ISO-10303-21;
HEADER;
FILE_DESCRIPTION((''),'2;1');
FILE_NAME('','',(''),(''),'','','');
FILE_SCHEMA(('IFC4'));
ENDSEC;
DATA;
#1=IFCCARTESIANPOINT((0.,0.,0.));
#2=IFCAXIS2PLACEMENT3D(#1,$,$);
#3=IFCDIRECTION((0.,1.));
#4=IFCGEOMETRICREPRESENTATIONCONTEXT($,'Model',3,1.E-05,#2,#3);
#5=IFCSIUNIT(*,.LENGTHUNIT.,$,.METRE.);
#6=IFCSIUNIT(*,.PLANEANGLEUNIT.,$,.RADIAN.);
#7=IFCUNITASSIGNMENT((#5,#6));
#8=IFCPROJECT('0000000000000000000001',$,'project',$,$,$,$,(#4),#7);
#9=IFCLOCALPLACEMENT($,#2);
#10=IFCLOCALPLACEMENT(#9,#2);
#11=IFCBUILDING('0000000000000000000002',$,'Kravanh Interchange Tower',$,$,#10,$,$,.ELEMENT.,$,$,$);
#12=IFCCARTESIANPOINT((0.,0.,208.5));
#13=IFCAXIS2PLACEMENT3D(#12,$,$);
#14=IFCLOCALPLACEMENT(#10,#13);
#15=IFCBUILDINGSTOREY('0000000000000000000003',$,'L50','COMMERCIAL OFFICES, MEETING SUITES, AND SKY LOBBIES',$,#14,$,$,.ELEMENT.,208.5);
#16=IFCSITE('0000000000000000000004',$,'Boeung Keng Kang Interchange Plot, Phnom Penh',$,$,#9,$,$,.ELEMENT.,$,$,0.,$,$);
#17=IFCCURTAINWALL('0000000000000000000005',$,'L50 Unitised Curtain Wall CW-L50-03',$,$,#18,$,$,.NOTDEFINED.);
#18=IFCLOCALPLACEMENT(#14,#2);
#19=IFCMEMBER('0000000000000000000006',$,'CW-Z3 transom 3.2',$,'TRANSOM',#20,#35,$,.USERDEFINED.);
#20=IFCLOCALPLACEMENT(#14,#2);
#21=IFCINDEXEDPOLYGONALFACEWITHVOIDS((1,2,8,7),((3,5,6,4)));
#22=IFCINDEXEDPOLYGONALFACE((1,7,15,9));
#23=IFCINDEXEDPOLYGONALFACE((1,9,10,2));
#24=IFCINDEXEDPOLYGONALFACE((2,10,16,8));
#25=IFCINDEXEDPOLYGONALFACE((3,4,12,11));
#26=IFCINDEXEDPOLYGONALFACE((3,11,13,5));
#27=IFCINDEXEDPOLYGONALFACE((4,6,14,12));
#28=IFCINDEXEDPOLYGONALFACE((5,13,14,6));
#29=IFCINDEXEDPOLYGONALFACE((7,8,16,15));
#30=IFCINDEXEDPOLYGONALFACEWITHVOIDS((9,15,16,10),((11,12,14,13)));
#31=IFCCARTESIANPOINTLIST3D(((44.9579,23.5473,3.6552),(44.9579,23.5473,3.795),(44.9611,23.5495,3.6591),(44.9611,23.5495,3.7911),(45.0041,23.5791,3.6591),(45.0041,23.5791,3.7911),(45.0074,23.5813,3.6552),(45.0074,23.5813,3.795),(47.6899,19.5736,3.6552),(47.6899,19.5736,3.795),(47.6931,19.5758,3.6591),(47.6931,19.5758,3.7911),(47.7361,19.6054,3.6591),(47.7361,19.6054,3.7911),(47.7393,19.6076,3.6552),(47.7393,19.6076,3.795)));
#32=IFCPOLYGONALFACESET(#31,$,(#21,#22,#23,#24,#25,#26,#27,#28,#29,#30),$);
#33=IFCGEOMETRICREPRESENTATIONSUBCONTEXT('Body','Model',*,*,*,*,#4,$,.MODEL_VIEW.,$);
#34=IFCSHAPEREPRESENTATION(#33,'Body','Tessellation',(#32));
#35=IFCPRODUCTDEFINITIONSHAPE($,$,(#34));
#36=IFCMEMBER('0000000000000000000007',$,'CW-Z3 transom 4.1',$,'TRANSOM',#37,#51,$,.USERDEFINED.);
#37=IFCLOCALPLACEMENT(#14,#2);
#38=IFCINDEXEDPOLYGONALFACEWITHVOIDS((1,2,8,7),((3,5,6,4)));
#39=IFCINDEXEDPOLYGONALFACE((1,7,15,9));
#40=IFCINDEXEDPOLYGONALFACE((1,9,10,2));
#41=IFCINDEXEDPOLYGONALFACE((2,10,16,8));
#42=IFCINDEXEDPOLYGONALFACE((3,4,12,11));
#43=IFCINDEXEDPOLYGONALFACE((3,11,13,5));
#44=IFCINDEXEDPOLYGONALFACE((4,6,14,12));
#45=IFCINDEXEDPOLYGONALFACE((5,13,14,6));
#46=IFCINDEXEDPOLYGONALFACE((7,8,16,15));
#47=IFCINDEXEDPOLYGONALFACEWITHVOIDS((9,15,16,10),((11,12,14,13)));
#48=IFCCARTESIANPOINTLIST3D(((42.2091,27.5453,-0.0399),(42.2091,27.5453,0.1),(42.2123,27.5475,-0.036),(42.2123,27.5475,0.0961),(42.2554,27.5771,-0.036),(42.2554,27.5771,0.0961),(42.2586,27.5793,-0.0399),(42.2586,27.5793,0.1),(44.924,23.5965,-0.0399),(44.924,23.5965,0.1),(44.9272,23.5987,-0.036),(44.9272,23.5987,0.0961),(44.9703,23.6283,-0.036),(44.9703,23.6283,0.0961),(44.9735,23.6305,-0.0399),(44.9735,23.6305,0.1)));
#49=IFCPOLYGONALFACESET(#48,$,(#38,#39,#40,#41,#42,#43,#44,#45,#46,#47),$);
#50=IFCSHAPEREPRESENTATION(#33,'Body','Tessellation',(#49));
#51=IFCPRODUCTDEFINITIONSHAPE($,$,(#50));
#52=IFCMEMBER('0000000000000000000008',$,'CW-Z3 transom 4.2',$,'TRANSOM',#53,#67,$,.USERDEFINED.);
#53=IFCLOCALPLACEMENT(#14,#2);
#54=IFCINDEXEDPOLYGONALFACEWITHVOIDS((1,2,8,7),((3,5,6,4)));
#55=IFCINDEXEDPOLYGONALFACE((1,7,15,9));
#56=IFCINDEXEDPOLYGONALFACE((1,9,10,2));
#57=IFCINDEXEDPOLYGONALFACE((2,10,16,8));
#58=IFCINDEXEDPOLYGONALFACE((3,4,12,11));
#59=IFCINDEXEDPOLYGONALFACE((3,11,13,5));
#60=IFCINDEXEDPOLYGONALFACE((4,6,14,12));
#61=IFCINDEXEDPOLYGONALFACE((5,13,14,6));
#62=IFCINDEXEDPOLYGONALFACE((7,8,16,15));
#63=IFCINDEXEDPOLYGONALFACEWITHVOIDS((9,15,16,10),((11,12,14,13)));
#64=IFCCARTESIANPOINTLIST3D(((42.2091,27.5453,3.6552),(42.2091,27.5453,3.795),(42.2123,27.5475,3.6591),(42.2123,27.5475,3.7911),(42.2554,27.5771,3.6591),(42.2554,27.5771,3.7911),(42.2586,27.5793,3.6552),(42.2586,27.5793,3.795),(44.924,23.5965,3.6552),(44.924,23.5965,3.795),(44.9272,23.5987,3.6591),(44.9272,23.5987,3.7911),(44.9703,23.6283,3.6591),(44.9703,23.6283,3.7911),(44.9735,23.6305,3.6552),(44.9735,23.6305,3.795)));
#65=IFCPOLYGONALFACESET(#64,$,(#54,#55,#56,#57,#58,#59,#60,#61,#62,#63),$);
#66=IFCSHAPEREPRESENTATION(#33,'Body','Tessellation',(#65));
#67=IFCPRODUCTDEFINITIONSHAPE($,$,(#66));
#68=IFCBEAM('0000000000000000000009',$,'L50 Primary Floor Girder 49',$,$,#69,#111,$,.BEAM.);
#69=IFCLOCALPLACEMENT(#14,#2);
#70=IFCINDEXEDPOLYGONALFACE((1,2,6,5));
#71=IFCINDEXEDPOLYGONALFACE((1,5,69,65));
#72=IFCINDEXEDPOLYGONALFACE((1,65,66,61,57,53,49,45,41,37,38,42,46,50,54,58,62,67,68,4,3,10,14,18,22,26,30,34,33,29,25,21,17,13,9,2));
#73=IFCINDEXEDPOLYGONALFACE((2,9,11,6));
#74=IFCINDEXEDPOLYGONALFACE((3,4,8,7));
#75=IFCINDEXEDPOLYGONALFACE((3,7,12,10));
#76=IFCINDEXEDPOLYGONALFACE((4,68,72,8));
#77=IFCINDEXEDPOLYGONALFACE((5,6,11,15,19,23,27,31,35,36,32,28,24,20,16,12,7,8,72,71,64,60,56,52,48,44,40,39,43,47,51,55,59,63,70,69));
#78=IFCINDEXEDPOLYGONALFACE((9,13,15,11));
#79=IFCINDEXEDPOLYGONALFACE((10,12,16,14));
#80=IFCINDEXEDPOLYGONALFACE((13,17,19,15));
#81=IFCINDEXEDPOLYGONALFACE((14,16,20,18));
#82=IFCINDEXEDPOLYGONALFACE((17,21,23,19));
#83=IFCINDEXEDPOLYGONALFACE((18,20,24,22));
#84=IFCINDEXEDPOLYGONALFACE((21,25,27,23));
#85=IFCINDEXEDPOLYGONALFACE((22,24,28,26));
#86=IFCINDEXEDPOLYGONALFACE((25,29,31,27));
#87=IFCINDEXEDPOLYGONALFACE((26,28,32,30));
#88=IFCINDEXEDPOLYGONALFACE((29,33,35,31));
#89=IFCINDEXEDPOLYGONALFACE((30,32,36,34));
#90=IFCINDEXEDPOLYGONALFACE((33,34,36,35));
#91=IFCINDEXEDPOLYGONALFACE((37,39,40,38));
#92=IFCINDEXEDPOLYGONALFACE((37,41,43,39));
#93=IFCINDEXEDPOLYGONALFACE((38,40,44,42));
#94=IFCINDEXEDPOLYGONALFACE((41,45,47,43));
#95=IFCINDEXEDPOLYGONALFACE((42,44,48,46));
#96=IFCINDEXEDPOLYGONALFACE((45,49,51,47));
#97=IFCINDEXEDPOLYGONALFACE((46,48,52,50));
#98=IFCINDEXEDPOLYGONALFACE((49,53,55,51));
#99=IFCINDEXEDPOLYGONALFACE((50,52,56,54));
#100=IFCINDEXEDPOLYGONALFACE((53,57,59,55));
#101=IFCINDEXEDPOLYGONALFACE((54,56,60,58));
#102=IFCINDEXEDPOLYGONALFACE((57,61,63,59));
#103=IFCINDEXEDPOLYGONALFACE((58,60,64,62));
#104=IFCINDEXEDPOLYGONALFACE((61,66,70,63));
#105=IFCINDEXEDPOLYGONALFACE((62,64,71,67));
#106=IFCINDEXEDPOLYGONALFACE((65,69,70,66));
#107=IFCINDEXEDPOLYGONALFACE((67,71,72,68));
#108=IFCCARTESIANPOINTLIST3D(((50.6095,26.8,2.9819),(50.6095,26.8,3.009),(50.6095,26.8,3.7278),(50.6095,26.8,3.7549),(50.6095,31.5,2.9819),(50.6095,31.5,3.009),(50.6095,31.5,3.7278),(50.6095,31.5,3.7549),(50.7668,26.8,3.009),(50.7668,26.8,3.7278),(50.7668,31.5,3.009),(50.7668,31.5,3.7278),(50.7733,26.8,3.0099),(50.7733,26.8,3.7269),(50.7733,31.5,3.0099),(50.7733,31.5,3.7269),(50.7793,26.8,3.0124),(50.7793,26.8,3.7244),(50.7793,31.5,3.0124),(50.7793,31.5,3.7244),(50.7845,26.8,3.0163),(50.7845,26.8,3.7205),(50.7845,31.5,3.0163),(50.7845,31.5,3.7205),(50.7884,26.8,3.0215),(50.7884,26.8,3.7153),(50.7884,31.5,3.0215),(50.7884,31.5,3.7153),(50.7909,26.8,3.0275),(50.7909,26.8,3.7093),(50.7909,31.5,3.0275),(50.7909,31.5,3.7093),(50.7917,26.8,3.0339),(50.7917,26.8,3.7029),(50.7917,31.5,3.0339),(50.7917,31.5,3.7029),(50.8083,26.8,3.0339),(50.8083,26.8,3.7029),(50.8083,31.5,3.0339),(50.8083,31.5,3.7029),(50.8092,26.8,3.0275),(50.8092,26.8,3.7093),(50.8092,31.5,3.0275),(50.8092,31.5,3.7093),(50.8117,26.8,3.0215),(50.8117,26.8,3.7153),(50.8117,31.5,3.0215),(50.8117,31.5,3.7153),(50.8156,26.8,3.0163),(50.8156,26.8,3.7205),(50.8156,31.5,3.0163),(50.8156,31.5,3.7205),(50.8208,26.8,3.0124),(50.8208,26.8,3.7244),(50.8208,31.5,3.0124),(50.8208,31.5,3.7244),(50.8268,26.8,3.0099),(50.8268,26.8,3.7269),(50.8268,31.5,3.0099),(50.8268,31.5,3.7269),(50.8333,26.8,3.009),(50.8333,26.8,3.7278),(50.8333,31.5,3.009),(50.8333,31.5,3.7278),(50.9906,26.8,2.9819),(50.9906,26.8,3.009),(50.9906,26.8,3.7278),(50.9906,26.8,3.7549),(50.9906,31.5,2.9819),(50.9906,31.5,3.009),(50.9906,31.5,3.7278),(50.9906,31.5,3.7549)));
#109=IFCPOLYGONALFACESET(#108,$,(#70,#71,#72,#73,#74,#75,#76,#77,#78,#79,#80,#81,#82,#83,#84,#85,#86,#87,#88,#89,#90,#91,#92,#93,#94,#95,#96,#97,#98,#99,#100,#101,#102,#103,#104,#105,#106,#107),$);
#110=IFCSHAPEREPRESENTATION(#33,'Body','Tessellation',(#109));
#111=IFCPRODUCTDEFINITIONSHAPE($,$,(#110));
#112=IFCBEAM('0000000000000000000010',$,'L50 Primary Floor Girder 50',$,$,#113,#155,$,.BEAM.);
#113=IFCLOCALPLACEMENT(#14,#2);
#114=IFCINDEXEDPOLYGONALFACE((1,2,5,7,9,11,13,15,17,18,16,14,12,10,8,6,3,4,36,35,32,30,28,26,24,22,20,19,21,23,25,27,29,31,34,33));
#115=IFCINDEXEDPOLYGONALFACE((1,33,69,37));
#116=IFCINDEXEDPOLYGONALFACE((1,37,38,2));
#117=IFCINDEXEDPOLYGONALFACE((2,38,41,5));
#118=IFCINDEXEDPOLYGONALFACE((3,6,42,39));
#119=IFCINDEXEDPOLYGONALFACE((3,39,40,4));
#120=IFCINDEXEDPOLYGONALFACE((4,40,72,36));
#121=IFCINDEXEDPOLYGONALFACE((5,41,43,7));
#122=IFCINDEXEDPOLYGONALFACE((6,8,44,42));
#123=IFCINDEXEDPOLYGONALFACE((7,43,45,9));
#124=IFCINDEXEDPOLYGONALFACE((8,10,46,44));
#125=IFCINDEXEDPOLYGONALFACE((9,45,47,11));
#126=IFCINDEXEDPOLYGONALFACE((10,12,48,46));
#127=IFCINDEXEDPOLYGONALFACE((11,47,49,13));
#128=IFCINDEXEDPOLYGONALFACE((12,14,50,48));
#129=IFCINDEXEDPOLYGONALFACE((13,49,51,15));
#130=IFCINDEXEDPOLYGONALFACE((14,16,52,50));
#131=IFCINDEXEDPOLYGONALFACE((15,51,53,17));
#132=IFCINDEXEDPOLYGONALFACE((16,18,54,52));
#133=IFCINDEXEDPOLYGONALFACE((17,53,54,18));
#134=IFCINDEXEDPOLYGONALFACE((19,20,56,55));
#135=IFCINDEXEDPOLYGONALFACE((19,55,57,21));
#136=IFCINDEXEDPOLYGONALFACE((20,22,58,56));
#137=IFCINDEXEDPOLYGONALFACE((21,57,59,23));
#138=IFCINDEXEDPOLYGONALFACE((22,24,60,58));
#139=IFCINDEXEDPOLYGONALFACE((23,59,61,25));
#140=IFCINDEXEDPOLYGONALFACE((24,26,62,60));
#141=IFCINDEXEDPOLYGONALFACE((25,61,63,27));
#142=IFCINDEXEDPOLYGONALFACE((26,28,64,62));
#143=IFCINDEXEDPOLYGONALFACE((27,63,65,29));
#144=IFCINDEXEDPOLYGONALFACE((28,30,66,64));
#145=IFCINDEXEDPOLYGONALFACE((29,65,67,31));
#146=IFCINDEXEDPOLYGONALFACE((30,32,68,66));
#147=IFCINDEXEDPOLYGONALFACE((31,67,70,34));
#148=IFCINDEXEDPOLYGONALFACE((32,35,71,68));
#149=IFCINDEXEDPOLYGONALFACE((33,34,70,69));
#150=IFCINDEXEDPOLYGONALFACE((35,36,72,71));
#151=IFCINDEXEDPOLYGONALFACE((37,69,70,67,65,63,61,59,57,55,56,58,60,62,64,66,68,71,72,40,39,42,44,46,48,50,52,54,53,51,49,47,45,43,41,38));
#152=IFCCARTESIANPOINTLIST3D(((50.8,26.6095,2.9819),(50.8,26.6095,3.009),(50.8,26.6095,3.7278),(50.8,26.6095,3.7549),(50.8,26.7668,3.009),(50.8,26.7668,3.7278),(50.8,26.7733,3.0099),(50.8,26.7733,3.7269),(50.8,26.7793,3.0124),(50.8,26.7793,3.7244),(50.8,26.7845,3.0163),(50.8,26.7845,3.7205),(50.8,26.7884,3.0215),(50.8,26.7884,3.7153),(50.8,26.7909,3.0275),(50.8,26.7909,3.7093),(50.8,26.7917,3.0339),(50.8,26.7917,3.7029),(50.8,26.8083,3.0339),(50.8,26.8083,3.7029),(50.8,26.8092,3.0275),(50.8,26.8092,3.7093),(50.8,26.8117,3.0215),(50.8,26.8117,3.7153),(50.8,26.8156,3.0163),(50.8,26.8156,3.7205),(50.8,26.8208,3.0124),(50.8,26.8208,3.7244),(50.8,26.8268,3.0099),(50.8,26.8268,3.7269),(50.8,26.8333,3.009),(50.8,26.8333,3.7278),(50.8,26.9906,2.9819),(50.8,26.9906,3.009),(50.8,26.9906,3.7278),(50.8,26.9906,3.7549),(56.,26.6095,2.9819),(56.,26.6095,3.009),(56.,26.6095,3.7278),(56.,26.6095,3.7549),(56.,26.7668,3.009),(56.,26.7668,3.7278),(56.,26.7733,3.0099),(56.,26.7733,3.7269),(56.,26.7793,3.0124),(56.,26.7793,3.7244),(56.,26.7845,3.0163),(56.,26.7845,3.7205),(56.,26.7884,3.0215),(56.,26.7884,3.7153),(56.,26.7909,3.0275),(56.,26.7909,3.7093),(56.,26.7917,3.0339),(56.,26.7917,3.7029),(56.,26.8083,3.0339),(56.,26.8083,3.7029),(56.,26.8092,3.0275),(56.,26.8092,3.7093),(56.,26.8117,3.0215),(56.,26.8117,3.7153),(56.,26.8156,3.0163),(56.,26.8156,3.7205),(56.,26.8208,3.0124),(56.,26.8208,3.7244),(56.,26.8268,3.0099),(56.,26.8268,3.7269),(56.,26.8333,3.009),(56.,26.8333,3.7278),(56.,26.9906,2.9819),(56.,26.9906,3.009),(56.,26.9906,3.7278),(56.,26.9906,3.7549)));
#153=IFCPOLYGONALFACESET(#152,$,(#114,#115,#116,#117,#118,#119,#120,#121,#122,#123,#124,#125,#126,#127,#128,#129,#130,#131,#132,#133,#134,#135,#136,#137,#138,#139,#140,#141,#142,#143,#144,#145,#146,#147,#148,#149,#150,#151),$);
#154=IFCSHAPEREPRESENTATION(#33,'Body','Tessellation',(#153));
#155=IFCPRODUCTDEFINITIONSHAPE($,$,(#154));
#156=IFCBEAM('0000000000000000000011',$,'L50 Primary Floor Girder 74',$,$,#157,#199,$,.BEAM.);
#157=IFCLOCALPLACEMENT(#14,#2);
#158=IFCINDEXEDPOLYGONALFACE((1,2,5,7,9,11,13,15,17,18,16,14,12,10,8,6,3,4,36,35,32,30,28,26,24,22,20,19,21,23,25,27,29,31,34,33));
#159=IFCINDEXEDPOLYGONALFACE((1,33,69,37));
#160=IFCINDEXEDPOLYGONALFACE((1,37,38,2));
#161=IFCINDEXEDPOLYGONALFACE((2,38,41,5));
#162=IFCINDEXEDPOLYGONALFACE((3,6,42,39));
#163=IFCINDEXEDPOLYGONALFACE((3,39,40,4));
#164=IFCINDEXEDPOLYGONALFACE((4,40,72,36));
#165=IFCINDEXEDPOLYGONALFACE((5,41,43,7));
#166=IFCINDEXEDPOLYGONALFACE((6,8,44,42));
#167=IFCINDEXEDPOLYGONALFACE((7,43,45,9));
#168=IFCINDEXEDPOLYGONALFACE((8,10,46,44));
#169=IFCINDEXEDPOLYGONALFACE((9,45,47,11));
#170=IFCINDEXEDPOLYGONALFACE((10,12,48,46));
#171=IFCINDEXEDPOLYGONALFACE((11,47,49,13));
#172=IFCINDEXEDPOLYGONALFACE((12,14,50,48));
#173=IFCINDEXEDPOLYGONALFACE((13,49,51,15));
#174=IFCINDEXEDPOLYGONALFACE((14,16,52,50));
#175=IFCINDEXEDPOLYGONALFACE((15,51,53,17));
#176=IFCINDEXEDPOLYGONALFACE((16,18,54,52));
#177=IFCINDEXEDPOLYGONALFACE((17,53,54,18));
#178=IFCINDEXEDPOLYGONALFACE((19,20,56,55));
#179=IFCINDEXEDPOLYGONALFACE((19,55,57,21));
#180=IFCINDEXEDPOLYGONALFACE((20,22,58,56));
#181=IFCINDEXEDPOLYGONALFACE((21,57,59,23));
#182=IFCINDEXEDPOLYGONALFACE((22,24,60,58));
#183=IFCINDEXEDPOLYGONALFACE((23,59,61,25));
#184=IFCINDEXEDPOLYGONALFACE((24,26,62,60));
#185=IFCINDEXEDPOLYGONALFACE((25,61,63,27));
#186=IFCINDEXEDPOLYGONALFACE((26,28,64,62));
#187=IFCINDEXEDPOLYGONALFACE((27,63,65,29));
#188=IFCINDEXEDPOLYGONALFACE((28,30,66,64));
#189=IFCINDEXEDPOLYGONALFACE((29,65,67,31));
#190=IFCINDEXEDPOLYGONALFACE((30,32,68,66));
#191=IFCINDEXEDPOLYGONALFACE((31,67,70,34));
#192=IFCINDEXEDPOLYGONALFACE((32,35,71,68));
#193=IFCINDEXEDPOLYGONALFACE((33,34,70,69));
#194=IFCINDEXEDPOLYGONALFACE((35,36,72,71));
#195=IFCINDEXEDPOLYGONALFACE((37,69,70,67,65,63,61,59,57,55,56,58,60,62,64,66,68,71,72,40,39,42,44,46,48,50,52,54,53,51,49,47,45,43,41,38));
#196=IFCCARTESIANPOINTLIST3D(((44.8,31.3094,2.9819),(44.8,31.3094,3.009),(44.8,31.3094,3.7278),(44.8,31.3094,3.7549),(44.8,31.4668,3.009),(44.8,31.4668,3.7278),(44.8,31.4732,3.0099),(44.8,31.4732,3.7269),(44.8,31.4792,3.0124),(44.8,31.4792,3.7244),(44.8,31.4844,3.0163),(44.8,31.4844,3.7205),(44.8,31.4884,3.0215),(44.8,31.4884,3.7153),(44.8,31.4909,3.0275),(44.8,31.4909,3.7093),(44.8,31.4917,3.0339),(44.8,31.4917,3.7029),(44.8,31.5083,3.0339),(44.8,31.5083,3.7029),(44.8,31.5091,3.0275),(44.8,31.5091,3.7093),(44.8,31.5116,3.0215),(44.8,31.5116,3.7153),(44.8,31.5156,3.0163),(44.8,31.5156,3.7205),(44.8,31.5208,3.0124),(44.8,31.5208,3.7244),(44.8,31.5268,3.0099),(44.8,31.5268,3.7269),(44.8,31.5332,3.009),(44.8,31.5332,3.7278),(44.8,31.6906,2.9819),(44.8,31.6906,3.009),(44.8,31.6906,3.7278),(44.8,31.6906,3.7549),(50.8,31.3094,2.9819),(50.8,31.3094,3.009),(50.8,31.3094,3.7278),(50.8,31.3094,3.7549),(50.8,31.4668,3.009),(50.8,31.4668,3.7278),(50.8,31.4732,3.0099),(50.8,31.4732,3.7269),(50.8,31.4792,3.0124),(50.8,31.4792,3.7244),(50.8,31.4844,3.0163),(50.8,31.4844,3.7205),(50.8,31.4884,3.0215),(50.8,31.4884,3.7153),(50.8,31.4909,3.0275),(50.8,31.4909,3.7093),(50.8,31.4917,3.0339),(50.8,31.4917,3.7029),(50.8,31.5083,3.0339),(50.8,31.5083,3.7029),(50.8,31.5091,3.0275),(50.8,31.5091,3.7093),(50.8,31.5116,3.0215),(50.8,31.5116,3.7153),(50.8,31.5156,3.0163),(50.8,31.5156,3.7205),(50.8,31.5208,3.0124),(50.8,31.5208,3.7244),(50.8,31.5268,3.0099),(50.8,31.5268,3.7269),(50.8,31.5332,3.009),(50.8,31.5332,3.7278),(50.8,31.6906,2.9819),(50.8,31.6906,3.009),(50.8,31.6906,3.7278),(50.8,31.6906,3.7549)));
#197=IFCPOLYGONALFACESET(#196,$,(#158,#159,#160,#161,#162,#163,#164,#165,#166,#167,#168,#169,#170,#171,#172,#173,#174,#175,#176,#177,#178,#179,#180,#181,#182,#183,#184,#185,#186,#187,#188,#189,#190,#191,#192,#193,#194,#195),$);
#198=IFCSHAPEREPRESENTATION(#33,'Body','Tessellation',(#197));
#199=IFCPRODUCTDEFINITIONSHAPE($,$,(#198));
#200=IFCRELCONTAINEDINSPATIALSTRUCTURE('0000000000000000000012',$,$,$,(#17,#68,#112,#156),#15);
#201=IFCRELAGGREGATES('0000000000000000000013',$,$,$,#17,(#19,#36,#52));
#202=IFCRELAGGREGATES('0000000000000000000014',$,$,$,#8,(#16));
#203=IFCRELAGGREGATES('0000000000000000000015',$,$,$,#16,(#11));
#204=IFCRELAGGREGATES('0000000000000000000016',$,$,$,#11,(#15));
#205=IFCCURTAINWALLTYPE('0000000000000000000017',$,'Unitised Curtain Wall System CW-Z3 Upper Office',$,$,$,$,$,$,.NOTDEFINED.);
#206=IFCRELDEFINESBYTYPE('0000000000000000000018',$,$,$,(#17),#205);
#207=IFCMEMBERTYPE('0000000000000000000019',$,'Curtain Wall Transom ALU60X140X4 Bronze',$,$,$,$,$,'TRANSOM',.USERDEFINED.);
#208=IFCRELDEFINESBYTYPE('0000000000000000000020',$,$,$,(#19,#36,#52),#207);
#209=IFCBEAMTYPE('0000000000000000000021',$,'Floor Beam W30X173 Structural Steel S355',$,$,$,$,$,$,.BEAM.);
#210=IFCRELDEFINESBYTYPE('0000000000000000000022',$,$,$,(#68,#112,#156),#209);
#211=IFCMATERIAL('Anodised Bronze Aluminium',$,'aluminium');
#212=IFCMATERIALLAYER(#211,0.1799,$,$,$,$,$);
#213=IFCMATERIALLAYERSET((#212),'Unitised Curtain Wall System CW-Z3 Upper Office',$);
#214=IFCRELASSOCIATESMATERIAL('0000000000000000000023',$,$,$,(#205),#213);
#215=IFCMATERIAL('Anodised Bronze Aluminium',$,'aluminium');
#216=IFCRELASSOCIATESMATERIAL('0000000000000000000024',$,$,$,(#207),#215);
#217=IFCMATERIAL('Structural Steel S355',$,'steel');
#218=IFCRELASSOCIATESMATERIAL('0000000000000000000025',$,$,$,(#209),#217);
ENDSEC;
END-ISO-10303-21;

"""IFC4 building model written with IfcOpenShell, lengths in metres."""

from ifc_helpers import new_model, si_unit, direction, frame, origin, origin_2d, place, context, subcontext, project, spatial, hollow_rectangle, i_section, extrude, material, layer, layer_set, material_profile, profile_set, type_object, element, aggregate, save


model = new_model("IFC4")

# Units and contexts
model_context = context("Model", 3, precision=1e-05, world=origin(), true_north=direction((0.0, 1.0)))
body_context = subcontext(model_context, "Body", "Model", "MODEL_VIEW")
ifc_project = project(units=[si_unit("LENGTHUNIT", "METRE"), si_unit("PLANEANGLEUNIT", "RADIAN")], contexts=[model_context])

# Site, building, storey
site_placement = place(None, origin())
site = spatial("IfcSite", under=ifc_project, at=site_placement, Name="Boeung Keng Kang Interchange Plot, Phnom Penh", CompositionType="ELEMENT", RefElevation=0.0)
building_placement = place(site_placement, origin())
building = spatial("IfcBuilding", under=site, at=building_placement, Name="Kravanh Interchange Tower", CompositionType="ELEMENT")
storey_placement = place(building_placement, frame((0.0, 0.0, 208.5)))
storey = spatial("IfcBuildingStorey", under=building, at=storey_placement, Name="L50", Description="COMMERCIAL OFFICES, MEETING SUITES, AND SKY LOBBIES", CompositionType="ELEMENT", Elevation=208.5)

# Shared definitions
ifc_material_1 = material(Name="Anodised Bronze Aluminium", Category="aluminium")
ifc_layer_1 = layer(ifc_material_1, 0.1799)
ifc_layer_set_1 = layer_set([ifc_layer_1], Name="Unitised Curtain Wall System CW-Z3 Upper Office")
curtain_wall_type = type_object("IfcCurtainWallType", Name="Unitised Curtain Wall System CW-Z3 Upper Office", PredefinedType="NOTDEFINED", material=ifc_layer_set_1)

# Curtain wall
curtain_wall_1_placement = place(storey_placement, origin())
curtain_wall_1 = element("IfcCurtainWall", 1, at=curtain_wall_1_placement, inside=storey, type_object=curtain_wall_type, Name="L50 Unitised Curtain Wall CW-L50-03", PredefinedType="NOTDEFINED")

# Members
ifc_material_2 = material(Name="Anodised Bronze Aluminium", Category="aluminium")
ifc_material_profile_1 = material_profile(ifc_material_2, hollow_rectangle(XDim=0.0601, YDim=0.1399, WallThickness=0.0039, at=origin_2d()), Name="ALU60X140X4")
ifc_profile_set_1 = profile_set([ifc_material_profile_1], Name="Anodised Bronze Aluminium")
member_type_1 = type_object("IfcMemberType", Name="Curtain Wall Transom ALU60X140X4 Bronze", ElementType="TRANSOM", PredefinedType="USERDEFINED", material=ifc_profile_set_1)
member_1_placement = place(storey_placement, frame((47.7146, 19.5906, 3.7251), z_axis=(-0.566537, 0.824036, 0.0), x_axis=(-0.824036, -0.566537, 0.0)))
member_1 = element("IfcMember", 2, at=member_1_placement, type_object=member_type_1, Name="CW-Z3 transom 3.2", ObjectType="TRANSOM", PredefinedType="USERDEFINED", context=body_context, shape_type="SweptSolid", body=[
    extrude(hollow_rectangle(XDim=0.0601, YDim=0.1399, WallThickness=0.0039, at=origin_2d()), origin(), (0.0, 0.0, 1.0), 4.8223),
])
member_2_placement = place(storey_placement, frame((44.9487, 23.6135, 0.03), z_axis=(-0.566542, 0.824033, 0.0), x_axis=(-0.824033, -0.566542, 0.0)))
member_2 = element("IfcMember", 3, at=member_2_placement, type_object=member_type_1, Name="CW-Z3 transom 4.1", ObjectType="TRANSOM", PredefinedType="USERDEFINED", context=body_context, shape_type="SweptSolid", body=[
    extrude(hollow_rectangle(XDim=0.0601, YDim=0.1399, WallThickness=0.0039, at=origin_2d()), origin(), (0.0, 0.0, 1.0), 4.792),
])
member_3_placement = place(storey_placement, frame((44.9487, 23.6135, 3.7251), z_axis=(-0.566542, 0.824033, 0.0), x_axis=(-0.824033, -0.566542, 0.0)))
member_3 = element("IfcMember", 4, at=member_3_placement, type_object=member_type_1, Name="CW-Z3 transom 4.2", ObjectType="TRANSOM", PredefinedType="USERDEFINED", context=body_context, shape_type="SweptSolid", body=[
    extrude(hollow_rectangle(XDim=0.0601, YDim=0.1399, WallThickness=0.0039, at=origin_2d()), origin(), (0.0, 0.0, 1.0), 4.792),
])

# Beams
ifc_material_3 = material(Name="Structural Steel S355", Category="steel")
ifc_material_profile_2 = material_profile(ifc_material_3, i_section(OverallWidth=0.3811, OverallDepth=0.7729, WebThickness=0.0166, FlangeThickness=0.0271, FilletRadius=0.0249, at=origin_2d()), Name="W30X173")
ifc_profile_set_2 = profile_set([ifc_material_profile_2], Name="Structural Steel S355")
beam_type_1 = type_object("IfcBeamType", Name="Floor Beam W30X173 Structural Steel S355", PredefinedType="BEAM", material=ifc_profile_set_2)
beam_1_placement = place(storey_placement, frame((50.8, 26.8, 3.3684), z_axis=(0.0, 1.0, 0.0), x_axis=(-1.0, 0.0, 0.0)))
element("IfcBeam", 5, at=beam_1_placement, inside=storey, type_object=beam_type_1, Name="L50 Primary Floor Girder 49", PredefinedType="BEAM", context=body_context, shape_type="SweptSolid", body=[
    extrude(i_section(OverallWidth=0.3811, OverallDepth=0.7729, WebThickness=0.0166, FlangeThickness=0.0271, FilletRadius=0.0249, at=origin_2d()), origin(), (0.0, 0.0, 1.0), 4.7),
])
beam_2_placement = place(storey_placement, frame((50.8, 26.8, 3.3684), z_axis=(1.0, 0.0, 0.0), x_axis=(0.0, 1.0, 0.0)))
element("IfcBeam", 6, at=beam_2_placement, inside=storey, type_object=beam_type_1, Name="L50 Primary Floor Girder 50", PredefinedType="BEAM", context=body_context, shape_type="SweptSolid", body=[
    extrude(i_section(OverallWidth=0.3811, OverallDepth=0.7729, WebThickness=0.0166, FlangeThickness=0.0271, FilletRadius=0.0249, at=origin_2d()), origin(), (0.0, 0.0, 1.0), 5.2),
])
beam_3_placement = place(storey_placement, frame((44.8, 31.5, 3.3684), z_axis=(1.0, 0.0, 0.0), x_axis=(0.0, 1.0, 0.0)))
element("IfcBeam", 7, at=beam_3_placement, inside=storey, type_object=beam_type_1, Name="L50 Primary Floor Girder 74", PredefinedType="BEAM", context=body_context, shape_type="SweptSolid", body=[
    extrude(i_section(OverallWidth=0.3811, OverallDepth=0.7729, WebThickness=0.0166, FlangeThickness=0.0271, FilletRadius=0.0249, at=origin_2d()), origin(), (0.0, 0.0, 1.0), 6.0),
])

aggregate(curtain_wall_1, [member_1, member_2, member_3])

save(model, "model.ifc")
